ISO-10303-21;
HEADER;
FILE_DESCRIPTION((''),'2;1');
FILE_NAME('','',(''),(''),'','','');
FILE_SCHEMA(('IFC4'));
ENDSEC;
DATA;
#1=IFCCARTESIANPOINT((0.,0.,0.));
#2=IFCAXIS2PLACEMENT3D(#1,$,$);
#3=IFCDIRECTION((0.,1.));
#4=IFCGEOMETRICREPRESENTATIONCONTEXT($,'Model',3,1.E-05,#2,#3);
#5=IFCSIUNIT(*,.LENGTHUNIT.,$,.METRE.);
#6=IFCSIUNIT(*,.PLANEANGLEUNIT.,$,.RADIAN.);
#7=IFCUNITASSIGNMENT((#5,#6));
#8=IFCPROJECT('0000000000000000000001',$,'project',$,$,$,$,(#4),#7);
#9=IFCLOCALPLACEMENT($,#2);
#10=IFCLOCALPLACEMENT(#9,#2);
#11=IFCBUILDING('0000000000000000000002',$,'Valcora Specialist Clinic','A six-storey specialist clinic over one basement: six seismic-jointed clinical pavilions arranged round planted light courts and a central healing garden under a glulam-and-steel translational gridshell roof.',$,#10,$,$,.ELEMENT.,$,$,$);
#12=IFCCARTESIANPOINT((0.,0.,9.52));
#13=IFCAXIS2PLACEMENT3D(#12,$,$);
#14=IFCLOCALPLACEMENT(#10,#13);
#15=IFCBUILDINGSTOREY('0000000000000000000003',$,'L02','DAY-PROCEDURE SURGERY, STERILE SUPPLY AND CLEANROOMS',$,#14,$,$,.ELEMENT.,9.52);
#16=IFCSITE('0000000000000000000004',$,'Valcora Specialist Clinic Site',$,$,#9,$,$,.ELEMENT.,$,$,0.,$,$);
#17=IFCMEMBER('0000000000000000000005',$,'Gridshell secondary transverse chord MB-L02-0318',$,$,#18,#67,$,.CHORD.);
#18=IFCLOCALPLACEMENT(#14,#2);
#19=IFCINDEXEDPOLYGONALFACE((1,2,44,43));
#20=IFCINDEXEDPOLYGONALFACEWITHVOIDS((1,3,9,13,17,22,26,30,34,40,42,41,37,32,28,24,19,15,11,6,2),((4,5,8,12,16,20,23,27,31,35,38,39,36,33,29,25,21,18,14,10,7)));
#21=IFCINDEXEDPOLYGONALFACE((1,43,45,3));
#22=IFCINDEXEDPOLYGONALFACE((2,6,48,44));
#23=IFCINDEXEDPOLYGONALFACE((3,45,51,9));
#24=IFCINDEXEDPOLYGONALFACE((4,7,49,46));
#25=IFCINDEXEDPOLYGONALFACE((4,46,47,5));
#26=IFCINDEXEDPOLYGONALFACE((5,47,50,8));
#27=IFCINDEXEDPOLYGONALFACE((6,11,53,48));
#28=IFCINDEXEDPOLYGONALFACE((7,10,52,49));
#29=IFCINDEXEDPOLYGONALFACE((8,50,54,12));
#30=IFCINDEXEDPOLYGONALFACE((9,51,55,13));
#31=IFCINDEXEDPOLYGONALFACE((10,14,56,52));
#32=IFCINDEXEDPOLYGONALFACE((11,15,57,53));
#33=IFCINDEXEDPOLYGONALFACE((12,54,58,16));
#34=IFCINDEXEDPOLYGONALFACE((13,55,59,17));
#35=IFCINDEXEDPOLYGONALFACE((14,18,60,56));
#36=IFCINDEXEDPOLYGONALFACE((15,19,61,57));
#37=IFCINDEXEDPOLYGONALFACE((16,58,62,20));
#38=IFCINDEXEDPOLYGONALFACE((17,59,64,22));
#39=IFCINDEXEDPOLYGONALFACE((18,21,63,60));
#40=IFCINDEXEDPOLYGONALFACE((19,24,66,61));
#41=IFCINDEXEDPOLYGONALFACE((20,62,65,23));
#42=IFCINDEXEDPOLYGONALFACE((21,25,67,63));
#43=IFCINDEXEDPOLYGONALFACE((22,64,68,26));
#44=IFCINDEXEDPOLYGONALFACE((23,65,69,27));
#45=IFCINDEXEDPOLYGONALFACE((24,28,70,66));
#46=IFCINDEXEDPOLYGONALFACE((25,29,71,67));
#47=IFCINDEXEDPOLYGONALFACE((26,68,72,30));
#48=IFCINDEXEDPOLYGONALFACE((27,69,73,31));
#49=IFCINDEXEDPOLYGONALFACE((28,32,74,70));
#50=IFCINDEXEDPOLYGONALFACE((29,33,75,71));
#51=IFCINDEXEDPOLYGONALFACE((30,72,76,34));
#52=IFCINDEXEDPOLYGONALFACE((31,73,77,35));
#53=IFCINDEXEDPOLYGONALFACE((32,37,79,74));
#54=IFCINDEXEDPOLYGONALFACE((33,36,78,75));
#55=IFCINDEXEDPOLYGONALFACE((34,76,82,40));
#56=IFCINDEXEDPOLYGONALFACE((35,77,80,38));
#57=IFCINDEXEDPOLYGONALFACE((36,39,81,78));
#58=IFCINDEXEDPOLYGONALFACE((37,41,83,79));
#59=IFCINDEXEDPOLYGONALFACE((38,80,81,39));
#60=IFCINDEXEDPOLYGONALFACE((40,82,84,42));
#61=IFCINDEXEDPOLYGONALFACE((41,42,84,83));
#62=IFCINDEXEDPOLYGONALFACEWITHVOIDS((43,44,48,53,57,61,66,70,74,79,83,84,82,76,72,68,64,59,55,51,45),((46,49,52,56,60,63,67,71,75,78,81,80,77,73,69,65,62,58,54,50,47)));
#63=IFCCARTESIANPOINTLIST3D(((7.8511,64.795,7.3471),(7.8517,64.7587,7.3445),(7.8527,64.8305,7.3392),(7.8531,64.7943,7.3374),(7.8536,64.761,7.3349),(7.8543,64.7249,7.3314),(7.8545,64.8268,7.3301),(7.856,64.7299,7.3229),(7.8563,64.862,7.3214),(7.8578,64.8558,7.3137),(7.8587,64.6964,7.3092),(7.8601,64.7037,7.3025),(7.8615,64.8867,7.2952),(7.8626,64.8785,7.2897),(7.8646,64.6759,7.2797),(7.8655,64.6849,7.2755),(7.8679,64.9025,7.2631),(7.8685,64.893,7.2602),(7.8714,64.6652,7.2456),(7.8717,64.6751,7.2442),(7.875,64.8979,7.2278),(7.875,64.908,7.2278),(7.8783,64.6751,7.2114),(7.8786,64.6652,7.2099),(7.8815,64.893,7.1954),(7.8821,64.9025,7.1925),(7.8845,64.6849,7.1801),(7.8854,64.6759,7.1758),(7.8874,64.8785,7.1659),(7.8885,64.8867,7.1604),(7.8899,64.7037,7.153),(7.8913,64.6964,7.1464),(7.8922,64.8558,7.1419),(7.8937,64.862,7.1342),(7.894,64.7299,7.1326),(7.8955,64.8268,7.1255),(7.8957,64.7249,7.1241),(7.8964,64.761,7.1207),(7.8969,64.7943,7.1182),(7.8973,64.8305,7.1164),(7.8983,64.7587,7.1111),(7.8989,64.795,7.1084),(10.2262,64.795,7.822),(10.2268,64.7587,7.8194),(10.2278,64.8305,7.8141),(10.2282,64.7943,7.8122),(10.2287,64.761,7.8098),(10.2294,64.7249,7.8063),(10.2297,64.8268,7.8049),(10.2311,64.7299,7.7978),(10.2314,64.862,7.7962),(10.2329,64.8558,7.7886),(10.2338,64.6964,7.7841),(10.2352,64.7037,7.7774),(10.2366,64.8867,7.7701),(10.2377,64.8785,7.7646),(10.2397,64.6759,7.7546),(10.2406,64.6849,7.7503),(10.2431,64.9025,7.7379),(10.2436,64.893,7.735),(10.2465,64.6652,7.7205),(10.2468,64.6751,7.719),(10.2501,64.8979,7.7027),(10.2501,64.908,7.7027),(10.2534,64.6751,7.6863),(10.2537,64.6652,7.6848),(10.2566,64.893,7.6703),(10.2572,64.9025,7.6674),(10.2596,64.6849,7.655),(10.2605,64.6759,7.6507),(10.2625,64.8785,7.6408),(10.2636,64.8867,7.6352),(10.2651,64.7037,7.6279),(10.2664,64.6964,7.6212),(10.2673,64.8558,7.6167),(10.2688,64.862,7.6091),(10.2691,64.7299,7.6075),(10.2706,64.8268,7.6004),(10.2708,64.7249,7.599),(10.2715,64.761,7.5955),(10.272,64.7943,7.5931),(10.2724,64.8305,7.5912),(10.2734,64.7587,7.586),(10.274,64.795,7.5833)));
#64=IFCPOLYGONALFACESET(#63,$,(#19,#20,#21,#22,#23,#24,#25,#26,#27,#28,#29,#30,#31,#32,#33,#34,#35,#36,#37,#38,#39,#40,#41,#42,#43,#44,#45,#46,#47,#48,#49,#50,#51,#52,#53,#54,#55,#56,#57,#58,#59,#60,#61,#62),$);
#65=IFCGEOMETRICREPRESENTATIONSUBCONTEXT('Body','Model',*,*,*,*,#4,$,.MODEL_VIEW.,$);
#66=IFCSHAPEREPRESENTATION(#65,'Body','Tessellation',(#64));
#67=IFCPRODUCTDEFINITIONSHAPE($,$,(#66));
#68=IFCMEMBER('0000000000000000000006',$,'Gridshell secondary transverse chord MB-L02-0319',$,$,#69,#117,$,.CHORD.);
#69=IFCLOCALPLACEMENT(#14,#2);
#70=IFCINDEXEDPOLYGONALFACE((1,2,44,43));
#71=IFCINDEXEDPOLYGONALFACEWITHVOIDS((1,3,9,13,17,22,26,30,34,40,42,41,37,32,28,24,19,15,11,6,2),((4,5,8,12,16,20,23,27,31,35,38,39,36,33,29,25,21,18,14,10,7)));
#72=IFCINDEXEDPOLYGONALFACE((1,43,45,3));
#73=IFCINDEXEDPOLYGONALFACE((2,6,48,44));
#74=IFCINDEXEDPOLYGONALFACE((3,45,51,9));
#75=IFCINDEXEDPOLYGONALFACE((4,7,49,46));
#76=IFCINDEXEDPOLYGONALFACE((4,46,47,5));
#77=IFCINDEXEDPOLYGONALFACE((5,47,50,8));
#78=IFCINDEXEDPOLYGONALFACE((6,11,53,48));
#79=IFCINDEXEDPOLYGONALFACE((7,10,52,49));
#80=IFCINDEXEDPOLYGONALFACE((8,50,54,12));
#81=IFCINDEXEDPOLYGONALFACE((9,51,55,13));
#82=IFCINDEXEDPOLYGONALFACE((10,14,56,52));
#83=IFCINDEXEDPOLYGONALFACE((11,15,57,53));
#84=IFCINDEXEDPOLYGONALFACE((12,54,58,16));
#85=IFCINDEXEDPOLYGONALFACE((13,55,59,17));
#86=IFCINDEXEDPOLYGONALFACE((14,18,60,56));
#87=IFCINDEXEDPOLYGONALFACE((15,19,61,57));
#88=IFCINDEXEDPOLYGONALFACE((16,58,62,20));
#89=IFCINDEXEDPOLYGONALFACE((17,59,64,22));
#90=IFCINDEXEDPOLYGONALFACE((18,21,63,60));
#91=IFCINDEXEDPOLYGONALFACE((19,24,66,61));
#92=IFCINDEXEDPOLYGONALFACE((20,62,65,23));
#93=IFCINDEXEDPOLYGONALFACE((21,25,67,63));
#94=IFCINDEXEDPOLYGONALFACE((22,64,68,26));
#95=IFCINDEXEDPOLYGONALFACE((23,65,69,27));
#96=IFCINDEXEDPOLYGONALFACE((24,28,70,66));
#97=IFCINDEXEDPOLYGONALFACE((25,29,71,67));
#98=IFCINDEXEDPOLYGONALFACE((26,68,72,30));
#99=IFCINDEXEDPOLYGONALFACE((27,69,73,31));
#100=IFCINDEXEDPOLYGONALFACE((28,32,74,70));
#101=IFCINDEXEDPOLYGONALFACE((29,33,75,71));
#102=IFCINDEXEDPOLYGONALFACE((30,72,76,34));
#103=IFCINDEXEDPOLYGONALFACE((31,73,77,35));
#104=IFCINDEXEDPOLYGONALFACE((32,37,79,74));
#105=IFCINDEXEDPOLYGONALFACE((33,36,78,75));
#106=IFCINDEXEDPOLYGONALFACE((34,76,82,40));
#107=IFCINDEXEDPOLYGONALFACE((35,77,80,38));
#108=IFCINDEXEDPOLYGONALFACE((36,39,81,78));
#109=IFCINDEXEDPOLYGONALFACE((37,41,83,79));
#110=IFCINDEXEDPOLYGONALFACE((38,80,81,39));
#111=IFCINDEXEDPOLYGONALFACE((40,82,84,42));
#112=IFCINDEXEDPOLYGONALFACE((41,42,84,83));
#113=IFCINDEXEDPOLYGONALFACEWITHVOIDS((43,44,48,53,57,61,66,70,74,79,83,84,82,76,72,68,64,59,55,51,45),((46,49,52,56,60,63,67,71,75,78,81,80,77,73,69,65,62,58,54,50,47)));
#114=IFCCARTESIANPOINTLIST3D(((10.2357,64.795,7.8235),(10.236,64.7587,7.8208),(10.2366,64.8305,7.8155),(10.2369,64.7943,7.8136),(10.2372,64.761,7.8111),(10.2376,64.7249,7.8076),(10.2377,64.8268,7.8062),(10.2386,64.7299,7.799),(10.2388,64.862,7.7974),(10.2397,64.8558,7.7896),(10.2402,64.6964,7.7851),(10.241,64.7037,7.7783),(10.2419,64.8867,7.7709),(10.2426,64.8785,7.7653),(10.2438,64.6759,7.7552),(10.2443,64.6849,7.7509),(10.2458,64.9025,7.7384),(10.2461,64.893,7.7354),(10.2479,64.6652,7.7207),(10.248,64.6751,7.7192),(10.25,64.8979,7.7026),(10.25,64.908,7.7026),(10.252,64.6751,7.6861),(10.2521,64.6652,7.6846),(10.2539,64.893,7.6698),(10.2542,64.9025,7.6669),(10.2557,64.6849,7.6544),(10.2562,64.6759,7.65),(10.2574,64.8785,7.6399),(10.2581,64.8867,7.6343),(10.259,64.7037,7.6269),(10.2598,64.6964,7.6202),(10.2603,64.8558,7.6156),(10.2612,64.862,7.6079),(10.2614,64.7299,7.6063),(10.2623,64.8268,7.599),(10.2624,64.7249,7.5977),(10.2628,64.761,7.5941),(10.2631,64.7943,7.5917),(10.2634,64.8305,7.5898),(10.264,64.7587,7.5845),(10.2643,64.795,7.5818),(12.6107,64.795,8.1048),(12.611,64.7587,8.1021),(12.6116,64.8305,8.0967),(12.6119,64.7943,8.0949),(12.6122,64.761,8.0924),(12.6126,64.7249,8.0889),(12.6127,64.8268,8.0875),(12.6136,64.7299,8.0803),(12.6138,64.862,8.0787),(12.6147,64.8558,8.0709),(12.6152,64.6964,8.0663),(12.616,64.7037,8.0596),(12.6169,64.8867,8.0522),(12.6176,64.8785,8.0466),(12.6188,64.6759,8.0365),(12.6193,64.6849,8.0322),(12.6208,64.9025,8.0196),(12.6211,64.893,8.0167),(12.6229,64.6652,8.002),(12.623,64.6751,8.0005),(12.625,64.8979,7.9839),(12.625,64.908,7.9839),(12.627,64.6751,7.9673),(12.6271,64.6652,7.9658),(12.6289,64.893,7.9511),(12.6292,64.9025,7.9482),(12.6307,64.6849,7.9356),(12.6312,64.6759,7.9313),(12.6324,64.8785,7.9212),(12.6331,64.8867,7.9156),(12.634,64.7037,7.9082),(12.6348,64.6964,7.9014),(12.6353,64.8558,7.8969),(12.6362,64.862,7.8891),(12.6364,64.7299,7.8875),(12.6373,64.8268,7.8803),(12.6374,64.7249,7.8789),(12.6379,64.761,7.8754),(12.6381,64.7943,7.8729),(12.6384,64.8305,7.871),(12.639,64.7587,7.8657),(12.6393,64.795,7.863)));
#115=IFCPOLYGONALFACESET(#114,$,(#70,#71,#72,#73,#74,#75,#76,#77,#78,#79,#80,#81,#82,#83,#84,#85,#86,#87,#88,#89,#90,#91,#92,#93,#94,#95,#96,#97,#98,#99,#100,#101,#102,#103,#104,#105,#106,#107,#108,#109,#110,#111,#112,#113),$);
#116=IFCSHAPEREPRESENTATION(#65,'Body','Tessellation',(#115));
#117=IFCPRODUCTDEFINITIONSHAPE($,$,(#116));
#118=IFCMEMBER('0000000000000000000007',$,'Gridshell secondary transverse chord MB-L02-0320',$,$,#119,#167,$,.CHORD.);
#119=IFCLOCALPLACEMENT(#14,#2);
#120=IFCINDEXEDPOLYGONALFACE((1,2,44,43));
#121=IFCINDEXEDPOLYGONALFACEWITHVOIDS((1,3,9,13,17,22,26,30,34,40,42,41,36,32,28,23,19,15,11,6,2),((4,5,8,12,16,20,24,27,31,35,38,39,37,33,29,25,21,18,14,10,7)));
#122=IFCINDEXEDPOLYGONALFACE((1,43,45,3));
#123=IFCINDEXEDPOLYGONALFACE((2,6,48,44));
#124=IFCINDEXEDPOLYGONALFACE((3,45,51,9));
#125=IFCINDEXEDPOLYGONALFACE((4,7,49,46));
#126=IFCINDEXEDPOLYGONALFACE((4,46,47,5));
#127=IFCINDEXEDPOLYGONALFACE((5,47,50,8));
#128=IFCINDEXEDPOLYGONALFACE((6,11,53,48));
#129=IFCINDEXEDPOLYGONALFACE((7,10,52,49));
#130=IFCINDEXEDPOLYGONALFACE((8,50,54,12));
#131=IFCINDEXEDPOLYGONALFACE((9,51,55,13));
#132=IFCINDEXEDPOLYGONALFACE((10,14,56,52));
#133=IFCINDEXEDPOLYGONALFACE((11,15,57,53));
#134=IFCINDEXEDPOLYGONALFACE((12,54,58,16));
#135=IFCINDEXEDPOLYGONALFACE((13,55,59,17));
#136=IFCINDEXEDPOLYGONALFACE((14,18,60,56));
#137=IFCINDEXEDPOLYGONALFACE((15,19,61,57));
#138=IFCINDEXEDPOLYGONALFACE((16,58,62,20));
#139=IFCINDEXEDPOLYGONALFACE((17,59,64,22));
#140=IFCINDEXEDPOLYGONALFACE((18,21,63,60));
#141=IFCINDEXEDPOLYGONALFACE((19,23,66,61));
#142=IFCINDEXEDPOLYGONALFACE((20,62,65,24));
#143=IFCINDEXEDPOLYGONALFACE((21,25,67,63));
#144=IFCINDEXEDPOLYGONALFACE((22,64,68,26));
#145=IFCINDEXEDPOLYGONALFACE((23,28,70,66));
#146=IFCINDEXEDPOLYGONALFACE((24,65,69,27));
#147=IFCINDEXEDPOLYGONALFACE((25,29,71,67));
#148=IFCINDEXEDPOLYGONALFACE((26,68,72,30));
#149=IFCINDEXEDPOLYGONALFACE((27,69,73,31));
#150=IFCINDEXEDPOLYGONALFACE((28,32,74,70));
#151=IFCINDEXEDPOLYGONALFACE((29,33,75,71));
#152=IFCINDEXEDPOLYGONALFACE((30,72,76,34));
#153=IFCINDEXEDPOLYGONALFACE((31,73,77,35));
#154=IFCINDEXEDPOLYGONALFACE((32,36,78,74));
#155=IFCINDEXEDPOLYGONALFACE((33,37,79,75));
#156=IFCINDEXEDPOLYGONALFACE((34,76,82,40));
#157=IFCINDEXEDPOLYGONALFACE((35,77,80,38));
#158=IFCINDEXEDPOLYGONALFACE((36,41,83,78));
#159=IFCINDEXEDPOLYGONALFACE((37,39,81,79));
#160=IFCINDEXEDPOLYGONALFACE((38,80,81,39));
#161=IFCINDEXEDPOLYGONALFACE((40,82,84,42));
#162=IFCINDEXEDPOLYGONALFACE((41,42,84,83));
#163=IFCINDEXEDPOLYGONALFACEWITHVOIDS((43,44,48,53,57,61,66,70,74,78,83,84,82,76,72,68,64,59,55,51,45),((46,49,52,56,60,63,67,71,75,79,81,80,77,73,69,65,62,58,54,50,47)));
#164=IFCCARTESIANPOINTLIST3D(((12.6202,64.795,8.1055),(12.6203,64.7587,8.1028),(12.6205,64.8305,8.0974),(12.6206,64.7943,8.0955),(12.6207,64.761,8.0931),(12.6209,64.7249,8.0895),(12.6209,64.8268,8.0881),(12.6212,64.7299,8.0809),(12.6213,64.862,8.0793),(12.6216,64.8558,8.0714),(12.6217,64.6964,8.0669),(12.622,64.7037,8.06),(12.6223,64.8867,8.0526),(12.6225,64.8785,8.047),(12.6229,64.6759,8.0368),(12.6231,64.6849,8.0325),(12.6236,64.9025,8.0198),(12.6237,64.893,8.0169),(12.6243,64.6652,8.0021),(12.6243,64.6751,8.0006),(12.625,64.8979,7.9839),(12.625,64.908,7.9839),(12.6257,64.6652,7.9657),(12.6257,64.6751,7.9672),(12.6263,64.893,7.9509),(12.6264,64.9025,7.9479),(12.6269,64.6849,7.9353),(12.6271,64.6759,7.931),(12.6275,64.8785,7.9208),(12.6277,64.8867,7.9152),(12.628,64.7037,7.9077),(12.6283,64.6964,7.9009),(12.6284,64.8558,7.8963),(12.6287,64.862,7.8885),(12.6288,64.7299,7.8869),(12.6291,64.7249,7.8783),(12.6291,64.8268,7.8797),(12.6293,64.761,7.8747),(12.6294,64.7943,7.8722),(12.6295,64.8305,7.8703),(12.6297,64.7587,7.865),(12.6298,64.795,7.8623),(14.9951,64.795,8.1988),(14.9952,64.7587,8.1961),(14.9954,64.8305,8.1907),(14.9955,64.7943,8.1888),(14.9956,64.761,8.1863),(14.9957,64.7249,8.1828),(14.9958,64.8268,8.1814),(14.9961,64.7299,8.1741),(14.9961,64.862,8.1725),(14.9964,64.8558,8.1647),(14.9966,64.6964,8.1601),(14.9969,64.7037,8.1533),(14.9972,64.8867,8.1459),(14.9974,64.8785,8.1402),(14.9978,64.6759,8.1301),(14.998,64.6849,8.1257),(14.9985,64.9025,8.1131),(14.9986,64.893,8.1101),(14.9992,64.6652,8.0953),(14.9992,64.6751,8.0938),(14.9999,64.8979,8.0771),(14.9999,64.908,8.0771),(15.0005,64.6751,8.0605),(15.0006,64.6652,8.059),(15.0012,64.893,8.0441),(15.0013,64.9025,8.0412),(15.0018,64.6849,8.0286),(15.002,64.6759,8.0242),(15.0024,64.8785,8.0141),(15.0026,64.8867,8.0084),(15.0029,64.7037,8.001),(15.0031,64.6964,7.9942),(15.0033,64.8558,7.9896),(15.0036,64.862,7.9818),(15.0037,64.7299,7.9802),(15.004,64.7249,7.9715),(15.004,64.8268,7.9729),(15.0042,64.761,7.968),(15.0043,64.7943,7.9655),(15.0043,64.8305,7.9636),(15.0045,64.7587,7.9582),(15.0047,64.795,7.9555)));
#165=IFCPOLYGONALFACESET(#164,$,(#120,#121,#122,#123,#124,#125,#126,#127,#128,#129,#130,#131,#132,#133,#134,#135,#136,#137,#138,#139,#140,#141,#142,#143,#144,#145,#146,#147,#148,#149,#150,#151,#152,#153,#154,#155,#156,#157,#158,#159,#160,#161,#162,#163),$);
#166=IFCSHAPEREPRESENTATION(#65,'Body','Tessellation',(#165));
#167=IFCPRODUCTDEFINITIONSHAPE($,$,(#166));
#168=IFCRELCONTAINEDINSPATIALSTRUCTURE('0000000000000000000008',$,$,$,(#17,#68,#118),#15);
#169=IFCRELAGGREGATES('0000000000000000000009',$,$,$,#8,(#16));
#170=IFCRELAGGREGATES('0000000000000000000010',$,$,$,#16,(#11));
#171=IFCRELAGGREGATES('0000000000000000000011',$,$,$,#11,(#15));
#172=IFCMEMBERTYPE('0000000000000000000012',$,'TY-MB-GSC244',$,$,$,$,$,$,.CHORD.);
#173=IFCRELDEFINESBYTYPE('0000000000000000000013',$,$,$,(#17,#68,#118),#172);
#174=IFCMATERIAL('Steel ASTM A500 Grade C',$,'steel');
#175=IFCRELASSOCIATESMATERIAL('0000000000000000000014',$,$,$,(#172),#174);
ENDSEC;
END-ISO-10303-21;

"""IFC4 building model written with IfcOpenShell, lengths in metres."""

from ifc_helpers import new_model, si_unit, direction, frame, origin, origin_2d, place, context, subcontext, project, spatial, hollow_circle, extrude, material, material_profile, profile_set, type_object, element, save


model = new_model("IFC4")

# Units and contexts
model_context = context("Model", 3, precision=1e-05, world=origin(), true_north=direction((0.0, 1.0)))
body_context = subcontext(model_context, "Body", "Model", "MODEL_VIEW")
ifc_project = project(units=[si_unit("LENGTHUNIT", "METRE"), si_unit("PLANEANGLEUNIT", "RADIAN")], contexts=[model_context])

# Site, building, storey
site_placement = place(None, origin())
site = spatial("IfcSite", under=ifc_project, at=site_placement, Name="Valcora Specialist Clinic Site", CompositionType="ELEMENT", RefElevation=0.0)
building_placement = place(site_placement, origin())
building = spatial("IfcBuilding", under=site, at=building_placement, Name="Valcora Specialist Clinic", Description="A six-storey specialist clinic over one basement: six seismic-jointed clinical pavilions arranged round planted light courts and a central healing garden under a glulam-and-steel translational gridshell roof.", CompositionType="ELEMENT")
storey_placement = place(building_placement, frame((0.0, 0.0, 9.52)))
storey = spatial("IfcBuildingStorey", under=building, at=storey_placement, Name="L02", Description="DAY-PROCEDURE SURGERY, STERILE SUPPLY AND CLEANROOMS", CompositionType="ELEMENT", Elevation=9.52)

# Members
ifc_material_1 = material(Name="Steel ASTM A500 Grade C", Category="steel")
ifc_material_profile_1 = material_profile(ifc_material_1, hollow_circle(Radius=0.1221, WallThickness=0.01, at=origin_2d()), Name="ST-CHS-244X10")
ifc_profile_set_1 = profile_set([ifc_material_profile_1], Name="Steel ASTM A500 Grade C")
member_type_1 = type_object("IfcMemberType", Name="TY-MB-GSC244", PredefinedType="CHORD", material=ifc_profile_set_1)
member_1_placement = place(storey_placement, frame((7.875, 64.7859, 7.2278), z_axis=(0.980592, 0.0, 0.196058), x_axis=(0.0, 1.0, 0.0)))
element("IfcMember", 1, at=member_1_placement, inside=storey, type_object=member_type_1, Name="Gridshell secondary transverse chord MB-L02-0318", PredefinedType="CHORD", context=body_context, shape_type="SweptSolid", body=[
    extrude(hollow_circle(Radius=0.1221, WallThickness=0.01, at=origin_2d()), origin(), (0.0, 0.0, 1.0), 2.4221),
])
member_2_placement = place(storey_placement, frame((10.25, 64.7859, 7.7026), z_axis=(0.993061, 0.0, 0.117599), x_axis=(0.0, 1.0, 0.0)))
element("IfcMember", 2, at=member_2_placement, inside=storey, type_object=member_type_1, Name="Gridshell secondary transverse chord MB-L02-0319", PredefinedType="CHORD", context=body_context, shape_type="SweptSolid", body=[
    extrude(hollow_circle(Radius=0.1221, WallThickness=0.01, at=origin_2d()), origin(), (0.0, 0.0, 1.0), 2.3916),
])
member_3_placement = place(storey_placement, frame((12.625, 64.7859, 7.9839), z_axis=(0.99923, 0.0, 0.039238), x_axis=(0.0, 1.0, 0.0)))
element("IfcMember", 3, at=member_3_placement, inside=storey, type_object=member_type_1, Name="Gridshell secondary transverse chord MB-L02-0320", PredefinedType="CHORD", context=body_context, shape_type="SweptSolid", body=[
    extrude(hollow_circle(Radius=0.1221, WallThickness=0.01, at=origin_2d()), origin(), (0.0, 0.0, 1.0), 2.3767),
])

save(model, "model.ifc")
